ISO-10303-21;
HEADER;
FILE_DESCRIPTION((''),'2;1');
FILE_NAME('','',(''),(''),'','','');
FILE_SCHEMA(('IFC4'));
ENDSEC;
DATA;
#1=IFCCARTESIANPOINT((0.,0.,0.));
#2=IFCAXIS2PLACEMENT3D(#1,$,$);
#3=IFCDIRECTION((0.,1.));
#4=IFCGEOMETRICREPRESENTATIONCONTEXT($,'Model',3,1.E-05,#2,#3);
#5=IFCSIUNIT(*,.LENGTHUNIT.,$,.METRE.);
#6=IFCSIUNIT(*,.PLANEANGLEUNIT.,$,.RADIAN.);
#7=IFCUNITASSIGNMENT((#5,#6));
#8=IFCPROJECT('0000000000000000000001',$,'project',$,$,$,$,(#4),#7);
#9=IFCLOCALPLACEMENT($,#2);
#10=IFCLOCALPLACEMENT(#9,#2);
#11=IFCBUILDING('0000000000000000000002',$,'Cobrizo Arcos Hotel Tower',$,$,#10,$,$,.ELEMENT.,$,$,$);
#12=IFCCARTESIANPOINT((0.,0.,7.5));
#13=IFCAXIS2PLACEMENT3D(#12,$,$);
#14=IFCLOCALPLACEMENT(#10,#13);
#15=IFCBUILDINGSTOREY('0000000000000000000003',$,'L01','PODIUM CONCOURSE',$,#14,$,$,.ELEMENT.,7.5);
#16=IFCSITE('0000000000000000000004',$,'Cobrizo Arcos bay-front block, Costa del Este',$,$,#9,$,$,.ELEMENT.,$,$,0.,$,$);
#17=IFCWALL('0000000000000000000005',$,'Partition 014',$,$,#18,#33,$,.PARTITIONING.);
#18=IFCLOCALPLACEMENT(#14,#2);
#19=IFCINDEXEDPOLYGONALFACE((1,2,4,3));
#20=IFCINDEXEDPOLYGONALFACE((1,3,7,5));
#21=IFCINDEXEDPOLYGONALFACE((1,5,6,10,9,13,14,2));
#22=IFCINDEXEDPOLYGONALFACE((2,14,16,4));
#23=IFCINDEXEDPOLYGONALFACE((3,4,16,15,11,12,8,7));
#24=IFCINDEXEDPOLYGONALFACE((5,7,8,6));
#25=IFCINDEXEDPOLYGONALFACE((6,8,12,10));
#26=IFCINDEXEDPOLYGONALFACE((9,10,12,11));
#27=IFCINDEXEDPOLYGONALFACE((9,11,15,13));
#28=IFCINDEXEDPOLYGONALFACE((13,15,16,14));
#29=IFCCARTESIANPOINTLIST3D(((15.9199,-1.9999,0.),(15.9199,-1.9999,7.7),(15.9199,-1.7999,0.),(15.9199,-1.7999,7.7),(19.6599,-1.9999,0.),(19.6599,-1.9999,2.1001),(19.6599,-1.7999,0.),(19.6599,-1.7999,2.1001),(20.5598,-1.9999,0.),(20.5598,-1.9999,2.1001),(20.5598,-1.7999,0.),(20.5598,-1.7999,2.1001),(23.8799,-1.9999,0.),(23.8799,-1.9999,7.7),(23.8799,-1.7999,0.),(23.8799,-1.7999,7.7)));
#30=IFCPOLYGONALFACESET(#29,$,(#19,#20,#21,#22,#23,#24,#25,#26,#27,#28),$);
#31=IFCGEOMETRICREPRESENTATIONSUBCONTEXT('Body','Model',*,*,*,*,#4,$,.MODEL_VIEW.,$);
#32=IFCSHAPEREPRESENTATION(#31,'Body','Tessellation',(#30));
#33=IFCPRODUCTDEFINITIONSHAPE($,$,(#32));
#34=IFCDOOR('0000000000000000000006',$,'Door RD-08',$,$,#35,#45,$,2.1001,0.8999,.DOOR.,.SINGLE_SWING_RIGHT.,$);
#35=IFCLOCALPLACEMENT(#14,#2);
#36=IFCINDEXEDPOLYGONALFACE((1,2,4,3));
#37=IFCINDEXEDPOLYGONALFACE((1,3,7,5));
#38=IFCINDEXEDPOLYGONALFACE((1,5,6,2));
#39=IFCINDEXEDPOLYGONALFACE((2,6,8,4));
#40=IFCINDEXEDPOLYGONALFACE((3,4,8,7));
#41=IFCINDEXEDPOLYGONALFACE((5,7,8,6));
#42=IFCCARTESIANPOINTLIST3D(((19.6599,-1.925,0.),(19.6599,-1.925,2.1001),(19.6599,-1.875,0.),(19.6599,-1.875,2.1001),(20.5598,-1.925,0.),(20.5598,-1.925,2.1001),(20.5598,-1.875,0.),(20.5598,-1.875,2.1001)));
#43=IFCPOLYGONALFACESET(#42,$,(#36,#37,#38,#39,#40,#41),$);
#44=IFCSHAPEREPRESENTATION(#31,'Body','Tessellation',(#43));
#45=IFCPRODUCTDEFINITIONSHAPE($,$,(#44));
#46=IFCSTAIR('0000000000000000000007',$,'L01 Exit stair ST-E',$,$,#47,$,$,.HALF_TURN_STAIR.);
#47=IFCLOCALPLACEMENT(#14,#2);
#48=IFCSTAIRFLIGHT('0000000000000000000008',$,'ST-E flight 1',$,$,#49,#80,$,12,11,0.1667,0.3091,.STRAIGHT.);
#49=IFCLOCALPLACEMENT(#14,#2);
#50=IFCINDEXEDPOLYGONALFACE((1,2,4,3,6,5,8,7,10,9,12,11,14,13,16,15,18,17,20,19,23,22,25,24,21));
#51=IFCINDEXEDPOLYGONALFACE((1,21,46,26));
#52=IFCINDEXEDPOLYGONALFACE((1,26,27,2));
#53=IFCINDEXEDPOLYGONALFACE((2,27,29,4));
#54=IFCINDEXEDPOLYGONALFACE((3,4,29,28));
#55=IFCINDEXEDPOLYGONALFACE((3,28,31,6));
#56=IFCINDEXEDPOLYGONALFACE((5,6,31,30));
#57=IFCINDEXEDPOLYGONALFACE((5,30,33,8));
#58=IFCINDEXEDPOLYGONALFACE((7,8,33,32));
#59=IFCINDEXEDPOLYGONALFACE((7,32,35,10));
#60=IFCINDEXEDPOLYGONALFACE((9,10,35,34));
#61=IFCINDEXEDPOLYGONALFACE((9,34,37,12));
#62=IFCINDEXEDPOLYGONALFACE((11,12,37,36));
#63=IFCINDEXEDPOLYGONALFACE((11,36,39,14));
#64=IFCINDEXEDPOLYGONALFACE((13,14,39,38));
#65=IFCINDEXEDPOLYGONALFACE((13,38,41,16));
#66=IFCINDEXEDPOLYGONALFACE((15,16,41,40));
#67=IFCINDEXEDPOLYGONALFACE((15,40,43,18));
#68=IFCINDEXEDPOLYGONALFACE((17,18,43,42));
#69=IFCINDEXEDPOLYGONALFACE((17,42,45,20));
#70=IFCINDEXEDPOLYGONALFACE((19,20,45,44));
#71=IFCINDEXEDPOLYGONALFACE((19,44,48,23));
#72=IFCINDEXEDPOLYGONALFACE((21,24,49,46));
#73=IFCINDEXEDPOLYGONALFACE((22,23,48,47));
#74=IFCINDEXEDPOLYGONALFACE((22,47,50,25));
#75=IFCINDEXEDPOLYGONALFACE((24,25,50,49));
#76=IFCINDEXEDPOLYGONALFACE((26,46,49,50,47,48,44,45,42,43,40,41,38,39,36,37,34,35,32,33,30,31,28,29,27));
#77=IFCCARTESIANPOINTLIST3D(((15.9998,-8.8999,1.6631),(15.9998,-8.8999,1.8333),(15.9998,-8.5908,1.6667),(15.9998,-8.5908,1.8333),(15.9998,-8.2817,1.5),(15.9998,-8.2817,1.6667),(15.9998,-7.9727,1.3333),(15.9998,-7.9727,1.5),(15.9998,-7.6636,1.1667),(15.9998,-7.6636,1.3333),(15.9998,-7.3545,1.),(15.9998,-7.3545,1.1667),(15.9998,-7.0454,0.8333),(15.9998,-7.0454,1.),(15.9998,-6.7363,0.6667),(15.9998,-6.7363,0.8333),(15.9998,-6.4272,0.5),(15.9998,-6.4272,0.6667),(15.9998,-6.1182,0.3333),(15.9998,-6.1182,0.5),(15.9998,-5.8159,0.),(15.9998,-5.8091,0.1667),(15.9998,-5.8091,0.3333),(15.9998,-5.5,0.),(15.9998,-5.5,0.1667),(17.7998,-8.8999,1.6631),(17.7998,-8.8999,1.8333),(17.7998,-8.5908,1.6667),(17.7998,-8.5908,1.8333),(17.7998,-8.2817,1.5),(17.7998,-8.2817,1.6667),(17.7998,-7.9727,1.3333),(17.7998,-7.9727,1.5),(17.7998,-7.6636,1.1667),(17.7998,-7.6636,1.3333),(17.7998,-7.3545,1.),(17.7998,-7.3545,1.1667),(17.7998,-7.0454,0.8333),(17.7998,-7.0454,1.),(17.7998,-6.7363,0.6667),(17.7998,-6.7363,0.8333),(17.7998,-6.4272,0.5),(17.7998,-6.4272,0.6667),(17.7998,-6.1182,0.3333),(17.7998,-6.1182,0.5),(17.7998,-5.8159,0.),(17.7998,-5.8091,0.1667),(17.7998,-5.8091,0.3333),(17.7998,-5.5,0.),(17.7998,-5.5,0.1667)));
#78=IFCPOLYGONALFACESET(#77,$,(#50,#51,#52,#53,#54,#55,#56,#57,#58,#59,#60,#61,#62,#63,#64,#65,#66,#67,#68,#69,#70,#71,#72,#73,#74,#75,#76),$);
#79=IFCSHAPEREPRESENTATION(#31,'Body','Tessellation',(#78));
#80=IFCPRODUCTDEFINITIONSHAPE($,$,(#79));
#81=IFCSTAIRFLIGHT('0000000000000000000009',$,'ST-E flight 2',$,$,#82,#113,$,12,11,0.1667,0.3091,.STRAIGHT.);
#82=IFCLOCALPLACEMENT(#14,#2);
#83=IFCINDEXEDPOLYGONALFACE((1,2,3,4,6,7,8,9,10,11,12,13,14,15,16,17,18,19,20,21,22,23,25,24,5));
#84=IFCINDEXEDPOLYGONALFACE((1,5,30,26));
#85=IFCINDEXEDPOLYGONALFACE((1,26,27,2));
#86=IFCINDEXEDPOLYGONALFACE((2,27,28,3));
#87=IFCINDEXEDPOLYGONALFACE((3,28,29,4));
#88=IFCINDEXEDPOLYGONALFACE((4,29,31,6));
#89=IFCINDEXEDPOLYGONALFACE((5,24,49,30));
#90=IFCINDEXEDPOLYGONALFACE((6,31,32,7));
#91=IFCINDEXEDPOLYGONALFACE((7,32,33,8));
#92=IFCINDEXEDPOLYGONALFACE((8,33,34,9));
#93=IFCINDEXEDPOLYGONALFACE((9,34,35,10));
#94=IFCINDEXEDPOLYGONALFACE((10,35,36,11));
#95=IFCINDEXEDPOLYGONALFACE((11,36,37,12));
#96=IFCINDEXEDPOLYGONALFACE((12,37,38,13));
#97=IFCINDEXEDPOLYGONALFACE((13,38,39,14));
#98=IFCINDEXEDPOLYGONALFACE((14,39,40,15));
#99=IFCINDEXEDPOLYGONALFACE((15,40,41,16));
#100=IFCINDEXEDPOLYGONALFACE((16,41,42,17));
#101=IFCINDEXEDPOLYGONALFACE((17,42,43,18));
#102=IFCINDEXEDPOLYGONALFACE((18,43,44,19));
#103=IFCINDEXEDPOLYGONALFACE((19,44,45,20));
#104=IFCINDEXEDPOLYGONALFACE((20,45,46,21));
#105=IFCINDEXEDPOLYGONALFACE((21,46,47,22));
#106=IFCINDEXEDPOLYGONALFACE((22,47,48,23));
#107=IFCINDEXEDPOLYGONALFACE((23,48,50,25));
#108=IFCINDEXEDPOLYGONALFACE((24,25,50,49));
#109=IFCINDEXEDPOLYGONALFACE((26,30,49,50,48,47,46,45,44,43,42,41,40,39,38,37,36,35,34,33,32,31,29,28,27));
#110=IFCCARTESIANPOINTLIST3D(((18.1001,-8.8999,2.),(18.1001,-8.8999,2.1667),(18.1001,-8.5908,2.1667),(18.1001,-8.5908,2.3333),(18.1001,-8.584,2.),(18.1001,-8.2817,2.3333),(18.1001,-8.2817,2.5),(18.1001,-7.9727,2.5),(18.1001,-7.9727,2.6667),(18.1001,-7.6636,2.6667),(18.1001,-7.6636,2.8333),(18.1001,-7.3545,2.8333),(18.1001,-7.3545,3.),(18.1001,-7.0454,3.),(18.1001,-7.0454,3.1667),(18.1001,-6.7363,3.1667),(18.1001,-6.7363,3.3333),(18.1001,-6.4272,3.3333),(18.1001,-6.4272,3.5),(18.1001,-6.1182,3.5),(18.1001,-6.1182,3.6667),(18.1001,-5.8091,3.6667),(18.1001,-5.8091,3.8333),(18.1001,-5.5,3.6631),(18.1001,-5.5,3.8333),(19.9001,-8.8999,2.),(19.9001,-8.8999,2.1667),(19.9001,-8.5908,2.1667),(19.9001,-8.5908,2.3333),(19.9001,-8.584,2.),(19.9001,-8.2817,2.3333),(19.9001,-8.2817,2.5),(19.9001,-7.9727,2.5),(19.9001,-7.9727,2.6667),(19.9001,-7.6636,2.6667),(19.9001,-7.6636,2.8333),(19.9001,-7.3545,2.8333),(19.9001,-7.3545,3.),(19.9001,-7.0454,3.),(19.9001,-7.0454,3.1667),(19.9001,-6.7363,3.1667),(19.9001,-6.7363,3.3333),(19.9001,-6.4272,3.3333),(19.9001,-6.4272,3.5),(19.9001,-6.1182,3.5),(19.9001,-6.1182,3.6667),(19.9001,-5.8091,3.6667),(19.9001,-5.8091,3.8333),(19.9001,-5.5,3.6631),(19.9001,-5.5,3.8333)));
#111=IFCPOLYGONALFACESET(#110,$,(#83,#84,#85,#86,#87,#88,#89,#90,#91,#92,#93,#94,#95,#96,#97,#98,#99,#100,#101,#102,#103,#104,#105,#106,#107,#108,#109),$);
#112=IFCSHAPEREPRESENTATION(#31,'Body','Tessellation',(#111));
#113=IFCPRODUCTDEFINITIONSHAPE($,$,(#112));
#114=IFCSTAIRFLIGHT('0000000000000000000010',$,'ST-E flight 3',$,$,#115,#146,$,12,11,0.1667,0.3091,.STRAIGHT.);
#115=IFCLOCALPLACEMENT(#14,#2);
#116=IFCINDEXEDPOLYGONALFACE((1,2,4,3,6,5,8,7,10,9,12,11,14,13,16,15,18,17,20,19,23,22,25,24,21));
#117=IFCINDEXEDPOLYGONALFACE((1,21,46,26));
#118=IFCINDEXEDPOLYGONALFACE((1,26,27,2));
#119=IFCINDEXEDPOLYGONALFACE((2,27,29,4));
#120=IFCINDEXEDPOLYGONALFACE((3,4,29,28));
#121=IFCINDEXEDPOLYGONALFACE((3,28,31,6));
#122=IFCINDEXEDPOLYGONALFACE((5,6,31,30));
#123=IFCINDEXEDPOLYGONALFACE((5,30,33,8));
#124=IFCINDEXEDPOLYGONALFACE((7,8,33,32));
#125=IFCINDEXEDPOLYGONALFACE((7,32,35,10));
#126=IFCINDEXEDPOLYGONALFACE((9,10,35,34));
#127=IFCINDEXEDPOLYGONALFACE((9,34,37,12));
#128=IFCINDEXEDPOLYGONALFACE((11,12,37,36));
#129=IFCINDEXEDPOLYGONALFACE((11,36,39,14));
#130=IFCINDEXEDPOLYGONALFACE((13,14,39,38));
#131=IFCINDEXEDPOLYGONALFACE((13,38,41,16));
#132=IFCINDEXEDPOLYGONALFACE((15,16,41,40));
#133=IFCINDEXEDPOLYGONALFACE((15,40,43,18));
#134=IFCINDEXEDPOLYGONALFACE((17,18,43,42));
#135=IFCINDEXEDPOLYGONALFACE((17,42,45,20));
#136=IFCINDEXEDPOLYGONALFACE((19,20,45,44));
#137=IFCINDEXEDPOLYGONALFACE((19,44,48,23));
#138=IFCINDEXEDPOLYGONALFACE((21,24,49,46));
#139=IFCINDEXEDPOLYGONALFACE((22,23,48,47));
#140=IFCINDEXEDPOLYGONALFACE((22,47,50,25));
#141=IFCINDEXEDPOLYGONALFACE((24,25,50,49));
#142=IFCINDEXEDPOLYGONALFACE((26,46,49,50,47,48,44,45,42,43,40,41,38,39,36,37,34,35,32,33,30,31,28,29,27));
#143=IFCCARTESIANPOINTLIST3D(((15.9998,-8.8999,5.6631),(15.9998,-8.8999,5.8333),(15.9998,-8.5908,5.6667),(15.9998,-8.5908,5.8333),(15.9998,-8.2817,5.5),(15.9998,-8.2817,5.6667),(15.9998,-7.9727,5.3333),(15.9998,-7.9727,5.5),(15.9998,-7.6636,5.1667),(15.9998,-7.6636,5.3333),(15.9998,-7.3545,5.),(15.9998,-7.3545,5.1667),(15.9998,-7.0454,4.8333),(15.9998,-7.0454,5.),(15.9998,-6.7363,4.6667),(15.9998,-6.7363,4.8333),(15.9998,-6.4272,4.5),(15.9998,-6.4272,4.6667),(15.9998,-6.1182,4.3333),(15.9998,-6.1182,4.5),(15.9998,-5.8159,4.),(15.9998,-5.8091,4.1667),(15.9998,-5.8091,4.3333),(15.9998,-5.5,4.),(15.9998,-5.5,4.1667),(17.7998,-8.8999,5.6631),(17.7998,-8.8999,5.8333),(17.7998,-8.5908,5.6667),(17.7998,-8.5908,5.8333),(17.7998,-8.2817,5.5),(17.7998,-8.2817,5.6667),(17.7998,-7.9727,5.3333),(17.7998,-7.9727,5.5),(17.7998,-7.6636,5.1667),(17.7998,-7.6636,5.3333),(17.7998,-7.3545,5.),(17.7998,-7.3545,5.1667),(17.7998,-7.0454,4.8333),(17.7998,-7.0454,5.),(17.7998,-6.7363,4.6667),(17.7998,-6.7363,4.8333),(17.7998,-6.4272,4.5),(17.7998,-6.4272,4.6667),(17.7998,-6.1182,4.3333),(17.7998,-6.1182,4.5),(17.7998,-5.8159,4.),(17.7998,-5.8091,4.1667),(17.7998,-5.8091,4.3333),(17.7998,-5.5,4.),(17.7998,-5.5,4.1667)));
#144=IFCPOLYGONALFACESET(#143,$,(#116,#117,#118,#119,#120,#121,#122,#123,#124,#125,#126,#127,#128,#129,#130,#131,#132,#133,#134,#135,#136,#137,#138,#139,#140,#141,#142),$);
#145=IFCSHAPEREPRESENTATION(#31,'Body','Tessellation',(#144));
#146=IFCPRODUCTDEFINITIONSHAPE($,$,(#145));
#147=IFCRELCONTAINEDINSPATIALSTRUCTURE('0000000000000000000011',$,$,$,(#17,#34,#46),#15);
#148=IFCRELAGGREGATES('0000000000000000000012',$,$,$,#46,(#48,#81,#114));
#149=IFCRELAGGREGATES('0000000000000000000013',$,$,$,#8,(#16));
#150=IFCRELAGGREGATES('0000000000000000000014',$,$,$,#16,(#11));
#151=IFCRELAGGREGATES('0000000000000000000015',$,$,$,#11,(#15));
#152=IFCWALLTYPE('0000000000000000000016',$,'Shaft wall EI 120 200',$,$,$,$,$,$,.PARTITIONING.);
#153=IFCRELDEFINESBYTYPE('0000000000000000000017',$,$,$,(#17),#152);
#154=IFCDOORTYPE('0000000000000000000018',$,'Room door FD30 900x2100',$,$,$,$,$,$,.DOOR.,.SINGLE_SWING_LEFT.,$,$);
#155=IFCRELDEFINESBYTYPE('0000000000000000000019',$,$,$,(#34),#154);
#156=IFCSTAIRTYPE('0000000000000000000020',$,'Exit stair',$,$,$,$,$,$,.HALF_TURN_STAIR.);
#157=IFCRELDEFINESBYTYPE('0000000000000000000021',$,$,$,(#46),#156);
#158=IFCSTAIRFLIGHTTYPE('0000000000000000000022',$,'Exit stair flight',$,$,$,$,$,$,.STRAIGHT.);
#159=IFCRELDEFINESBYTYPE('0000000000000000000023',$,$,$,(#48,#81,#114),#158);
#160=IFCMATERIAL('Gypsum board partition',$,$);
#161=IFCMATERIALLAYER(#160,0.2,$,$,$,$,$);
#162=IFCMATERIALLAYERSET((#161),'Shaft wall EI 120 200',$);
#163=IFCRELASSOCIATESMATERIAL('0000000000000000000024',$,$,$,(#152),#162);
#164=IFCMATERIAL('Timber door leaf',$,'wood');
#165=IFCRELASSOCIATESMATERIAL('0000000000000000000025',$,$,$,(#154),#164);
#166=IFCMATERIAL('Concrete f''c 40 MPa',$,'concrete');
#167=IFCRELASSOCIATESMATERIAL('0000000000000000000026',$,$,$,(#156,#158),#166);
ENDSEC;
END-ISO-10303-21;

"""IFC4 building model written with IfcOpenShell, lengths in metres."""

from ifc_helpers import new_model, si_unit, direction, frame, frame_2d, origin, place, context, subcontext, project, spatial, polyline, rectangle, outline, extrude, material, layer, layer_set, type_object, element, fill, aggregate, save


model = new_model("IFC4")

# Units and contexts
model_context = context("Model", 3, precision=1e-05, world=origin(), true_north=direction((0.0, 1.0)))
body_context = subcontext(model_context, "Body", "Model", "MODEL_VIEW")
ifc_project = project(units=[si_unit("LENGTHUNIT", "METRE"), si_unit("PLANEANGLEUNIT", "RADIAN")], contexts=[model_context])

# Site, building, storey
site_placement = place(None, origin())
site = spatial("IfcSite", under=ifc_project, at=site_placement, Name="Cobrizo Arcos bay-front block, Costa del Este", CompositionType="ELEMENT", RefElevation=0.0)
building_placement = place(site_placement, origin())
building = spatial("IfcBuilding", under=site, at=building_placement, Name="Cobrizo Arcos Hotel Tower", CompositionType="ELEMENT")
storey_placement = place(building_placement, frame((0.0, 0.0, 7.5)))
storey = spatial("IfcBuildingStorey", under=building, at=storey_placement, Name="L01", Description="PODIUM CONCOURSE", CompositionType="ELEMENT", Elevation=7.5)

# Wall, opening, door
ifc_material_1 = material(Name="Gypsum board partition")
ifc_layer_1 = layer(ifc_material_1, 0.2)
ifc_layer_set_1 = layer_set([ifc_layer_1], Name="Shaft wall EI 120 200")
wall_type_1 = type_object("IfcWallType", Name="Shaft wall EI 120 200", PredefinedType="PARTITIONING", material=ifc_layer_set_1)
wall_1_placement = place(storey_placement, frame((15.9199, -1.8999, 0.0), z_axis=(0.0, 0.0, 1.0), x_axis=(1.0, 0.0, 0.0)))
wall_1 = element("IfcWall", 1, at=wall_1_placement, inside=storey, type_object=wall_type_1, Name="Partition 014", PredefinedType="PARTITIONING", context=body_context, shape_type="SweptSolid", body=[
    extrude(rectangle(XDim=7.96, YDim=0.2, at=frame_2d((3.98, 0.0))), origin(), (0.0, 0.0, 1.0), 7.7),
])
opening_1_placement = place(wall_1_placement, frame((3.74, 0.0, 0.0)))
opening_1 = element("IfcOpeningElement", 2, at=opening_1_placement, cuts=wall_1, PredefinedType="OPENING", context=body_context, shape_type="SweptSolid", body=[
    extrude(rectangle(XDim=0.8999, YDim=2.1001, at=frame_2d((0.45, 1.05))), frame((0.0, 0.1121, 0.0), z_axis=(0.0, -1.0, 0.0), x_axis=(1.0, 0.0, 0.0)), (0.0, 0.0, 1.0), 0.2239),
])
ifc_material_2 = material(Name="Timber door leaf", Category="wood")
door_type_1 = type_object("IfcDoorType", Name="Room door FD30 900x2100", OperationType="SINGLE_SWING_LEFT", PredefinedType="DOOR", material=ifc_material_2)
door_1_placement = place(opening_1_placement, origin())
door_1 = element("IfcDoor", 3, at=door_1_placement, inside=storey, type_object=door_type_1, Name="Door RD-08", OperationType="SINGLE_SWING_RIGHT", OverallHeight=2.1001, OverallWidth=0.8999, PredefinedType="DOOR", context=body_context, shape_type="SweptSolid", body=[
    extrude(rectangle(XDim=0.8999, YDim=2.1001, at=frame_2d((0.45, 1.05))), frame((0.0, 0.0249, 0.0), z_axis=(0.0, -1.0, 0.0), x_axis=(1.0, 0.0, 0.0)), (0.0, 0.0, 1.0), 0.05),
])
fill(opening_1, door_1)

# Stair, stair flights
ifc_material_3 = material(Name="Concrete f'c 40 MPa", Category="concrete")
stair_type = type_object("IfcStairType", Name="Exit stair", PredefinedType="HALF_TURN_STAIR", material=ifc_material_3)
stair_placement = place(storey_placement, origin())
stair = element("IfcStair", 4, at=stair_placement, inside=storey, type_object=stair_type, Name="L01 Exit stair ST-E", PredefinedType="HALF_TURN_STAIR")
stair_flight_type = type_object("IfcStairFlightType", Name="Exit stair flight", PredefinedType="STRAIGHT", material=ifc_material_3)
stair_flight_1_placement = place(storey_placement, frame((16.8999, -5.5, 0.0), z_axis=(0.0, 0.0, 1.0), x_axis=(0.0, -1.0, 0.0)))
stair_flight_1 = element("IfcStairFlight", 5, at=stair_flight_1_placement, type_object=stair_flight_type, Name="ST-E flight 1", NumberOfRisers=12, NumberOfTreads=11, PredefinedType="STRAIGHT", RiserHeight=0.1667, TreadLength=0.3091, context=body_context, shape_type="SweptSolid", body=[
    extrude(outline(polyline([(0.0, 0.0), (0.0, 0.1667), (0.3091, 0.1667), (0.3091, 0.3333), (0.6182, 0.3333), (0.6182, 0.5), (0.9272, 0.5), (0.9272, 0.6667), (1.2363, 0.6667), (1.2363, 0.8333), (1.5454, 0.8333), (1.5454, 1.0), (1.8545, 1.0), (1.8545, 1.1667), (2.1636, 1.1667), (2.1636, 1.3333), (2.4727, 1.3333), (2.4727, 1.5), (2.7817, 1.5), (2.7817, 1.6667), (3.0908, 1.6667), (3.0908, 1.8333), (3.3999, 1.8333), (3.3999, 2.0), (3.3999, 1.6631), (0.3159, 0.0), (0.0, 0.0)])), frame((0.0, 0.8999, 0.0), z_axis=(0.0, -1.0, 0.0), x_axis=(1.0, 0.0, 0.0)), (0.0, 0.0, 1.0), 1.8),
])
stair_flight_2_placement = place(storey_placement, frame((19.0, -8.8999, 2.0), z_axis=(0.0, 0.0, 1.0), x_axis=(0.0, 1.0, 0.0)))
stair_flight_2 = element("IfcStairFlight", 6, at=stair_flight_2_placement, type_object=stair_flight_type, Name="ST-E flight 2", NumberOfRisers=12, NumberOfTreads=11, PredefinedType="STRAIGHT", RiserHeight=0.1667, TreadLength=0.3091, context=body_context, shape_type="SweptSolid", body=[
    extrude(outline(polyline([(0.0, 0.0), (0.0, 0.1667), (0.3091, 0.1667), (0.3091, 0.3333), (0.6182, 0.3333), (0.6182, 0.5), (0.9272, 0.5), (0.9272, 0.6667), (1.2363, 0.6667), (1.2363, 0.8333), (1.5454, 0.8333), (1.5454, 1.0), (1.8545, 1.0), (1.8545, 1.1667), (2.1636, 1.1667), (2.1636, 1.3333), (2.4727, 1.3333), (2.4727, 1.5), (2.7817, 1.5), (2.7817, 1.6667), (3.0908, 1.6667), (3.0908, 1.8333), (3.3999, 1.8333), (3.3999, 2.0), (3.3999, 1.6631), (0.3159, 0.0), (0.0, 0.0)])), frame((0.0, 0.8999, 0.0), z_axis=(0.0, -1.0, 0.0), x_axis=(1.0, 0.0, 0.0)), (0.0, 0.0, 1.0), 1.8),
])
stair_flight_3_placement = place(storey_placement, frame((16.8999, -5.5, 4.0), z_axis=(0.0, 0.0, 1.0), x_axis=(0.0, -1.0, 0.0)))
stair_flight_3 = element("IfcStairFlight", 7, at=stair_flight_3_placement, type_object=stair_flight_type, Name="ST-E flight 3", NumberOfRisers=12, NumberOfTreads=11, PredefinedType="STRAIGHT", RiserHeight=0.1667, TreadLength=0.3091, context=body_context, shape_type="SweptSolid", body=[
    extrude(outline(polyline([(0.0, 0.0), (0.0, 0.1667), (0.3091, 0.1667), (0.3091, 0.3333), (0.6182, 0.3333), (0.6182, 0.5), (0.9272, 0.5), (0.9272, 0.6667), (1.2363, 0.6667), (1.2363, 0.8333), (1.5454, 0.8333), (1.5454, 1.0), (1.8545, 1.0), (1.8545, 1.1667), (2.1636, 1.1667), (2.1636, 1.3333), (2.4727, 1.3333), (2.4727, 1.5), (2.7817, 1.5), (2.7817, 1.6667), (3.0908, 1.6667), (3.0908, 1.8333), (3.3999, 1.8333), (3.3999, 2.0), (3.3999, 1.6631), (0.3159, 0.0), (0.0, 0.0)])), frame((0.0, 0.8999, 0.0), z_axis=(0.0, -1.0, 0.0), x_axis=(1.0, 0.0, 0.0)), (0.0, 0.0, 1.0), 1.8),
])
aggregate(stair, [stair_flight_1, stair_flight_2, stair_flight_3])

save(model, "model.ifc")
